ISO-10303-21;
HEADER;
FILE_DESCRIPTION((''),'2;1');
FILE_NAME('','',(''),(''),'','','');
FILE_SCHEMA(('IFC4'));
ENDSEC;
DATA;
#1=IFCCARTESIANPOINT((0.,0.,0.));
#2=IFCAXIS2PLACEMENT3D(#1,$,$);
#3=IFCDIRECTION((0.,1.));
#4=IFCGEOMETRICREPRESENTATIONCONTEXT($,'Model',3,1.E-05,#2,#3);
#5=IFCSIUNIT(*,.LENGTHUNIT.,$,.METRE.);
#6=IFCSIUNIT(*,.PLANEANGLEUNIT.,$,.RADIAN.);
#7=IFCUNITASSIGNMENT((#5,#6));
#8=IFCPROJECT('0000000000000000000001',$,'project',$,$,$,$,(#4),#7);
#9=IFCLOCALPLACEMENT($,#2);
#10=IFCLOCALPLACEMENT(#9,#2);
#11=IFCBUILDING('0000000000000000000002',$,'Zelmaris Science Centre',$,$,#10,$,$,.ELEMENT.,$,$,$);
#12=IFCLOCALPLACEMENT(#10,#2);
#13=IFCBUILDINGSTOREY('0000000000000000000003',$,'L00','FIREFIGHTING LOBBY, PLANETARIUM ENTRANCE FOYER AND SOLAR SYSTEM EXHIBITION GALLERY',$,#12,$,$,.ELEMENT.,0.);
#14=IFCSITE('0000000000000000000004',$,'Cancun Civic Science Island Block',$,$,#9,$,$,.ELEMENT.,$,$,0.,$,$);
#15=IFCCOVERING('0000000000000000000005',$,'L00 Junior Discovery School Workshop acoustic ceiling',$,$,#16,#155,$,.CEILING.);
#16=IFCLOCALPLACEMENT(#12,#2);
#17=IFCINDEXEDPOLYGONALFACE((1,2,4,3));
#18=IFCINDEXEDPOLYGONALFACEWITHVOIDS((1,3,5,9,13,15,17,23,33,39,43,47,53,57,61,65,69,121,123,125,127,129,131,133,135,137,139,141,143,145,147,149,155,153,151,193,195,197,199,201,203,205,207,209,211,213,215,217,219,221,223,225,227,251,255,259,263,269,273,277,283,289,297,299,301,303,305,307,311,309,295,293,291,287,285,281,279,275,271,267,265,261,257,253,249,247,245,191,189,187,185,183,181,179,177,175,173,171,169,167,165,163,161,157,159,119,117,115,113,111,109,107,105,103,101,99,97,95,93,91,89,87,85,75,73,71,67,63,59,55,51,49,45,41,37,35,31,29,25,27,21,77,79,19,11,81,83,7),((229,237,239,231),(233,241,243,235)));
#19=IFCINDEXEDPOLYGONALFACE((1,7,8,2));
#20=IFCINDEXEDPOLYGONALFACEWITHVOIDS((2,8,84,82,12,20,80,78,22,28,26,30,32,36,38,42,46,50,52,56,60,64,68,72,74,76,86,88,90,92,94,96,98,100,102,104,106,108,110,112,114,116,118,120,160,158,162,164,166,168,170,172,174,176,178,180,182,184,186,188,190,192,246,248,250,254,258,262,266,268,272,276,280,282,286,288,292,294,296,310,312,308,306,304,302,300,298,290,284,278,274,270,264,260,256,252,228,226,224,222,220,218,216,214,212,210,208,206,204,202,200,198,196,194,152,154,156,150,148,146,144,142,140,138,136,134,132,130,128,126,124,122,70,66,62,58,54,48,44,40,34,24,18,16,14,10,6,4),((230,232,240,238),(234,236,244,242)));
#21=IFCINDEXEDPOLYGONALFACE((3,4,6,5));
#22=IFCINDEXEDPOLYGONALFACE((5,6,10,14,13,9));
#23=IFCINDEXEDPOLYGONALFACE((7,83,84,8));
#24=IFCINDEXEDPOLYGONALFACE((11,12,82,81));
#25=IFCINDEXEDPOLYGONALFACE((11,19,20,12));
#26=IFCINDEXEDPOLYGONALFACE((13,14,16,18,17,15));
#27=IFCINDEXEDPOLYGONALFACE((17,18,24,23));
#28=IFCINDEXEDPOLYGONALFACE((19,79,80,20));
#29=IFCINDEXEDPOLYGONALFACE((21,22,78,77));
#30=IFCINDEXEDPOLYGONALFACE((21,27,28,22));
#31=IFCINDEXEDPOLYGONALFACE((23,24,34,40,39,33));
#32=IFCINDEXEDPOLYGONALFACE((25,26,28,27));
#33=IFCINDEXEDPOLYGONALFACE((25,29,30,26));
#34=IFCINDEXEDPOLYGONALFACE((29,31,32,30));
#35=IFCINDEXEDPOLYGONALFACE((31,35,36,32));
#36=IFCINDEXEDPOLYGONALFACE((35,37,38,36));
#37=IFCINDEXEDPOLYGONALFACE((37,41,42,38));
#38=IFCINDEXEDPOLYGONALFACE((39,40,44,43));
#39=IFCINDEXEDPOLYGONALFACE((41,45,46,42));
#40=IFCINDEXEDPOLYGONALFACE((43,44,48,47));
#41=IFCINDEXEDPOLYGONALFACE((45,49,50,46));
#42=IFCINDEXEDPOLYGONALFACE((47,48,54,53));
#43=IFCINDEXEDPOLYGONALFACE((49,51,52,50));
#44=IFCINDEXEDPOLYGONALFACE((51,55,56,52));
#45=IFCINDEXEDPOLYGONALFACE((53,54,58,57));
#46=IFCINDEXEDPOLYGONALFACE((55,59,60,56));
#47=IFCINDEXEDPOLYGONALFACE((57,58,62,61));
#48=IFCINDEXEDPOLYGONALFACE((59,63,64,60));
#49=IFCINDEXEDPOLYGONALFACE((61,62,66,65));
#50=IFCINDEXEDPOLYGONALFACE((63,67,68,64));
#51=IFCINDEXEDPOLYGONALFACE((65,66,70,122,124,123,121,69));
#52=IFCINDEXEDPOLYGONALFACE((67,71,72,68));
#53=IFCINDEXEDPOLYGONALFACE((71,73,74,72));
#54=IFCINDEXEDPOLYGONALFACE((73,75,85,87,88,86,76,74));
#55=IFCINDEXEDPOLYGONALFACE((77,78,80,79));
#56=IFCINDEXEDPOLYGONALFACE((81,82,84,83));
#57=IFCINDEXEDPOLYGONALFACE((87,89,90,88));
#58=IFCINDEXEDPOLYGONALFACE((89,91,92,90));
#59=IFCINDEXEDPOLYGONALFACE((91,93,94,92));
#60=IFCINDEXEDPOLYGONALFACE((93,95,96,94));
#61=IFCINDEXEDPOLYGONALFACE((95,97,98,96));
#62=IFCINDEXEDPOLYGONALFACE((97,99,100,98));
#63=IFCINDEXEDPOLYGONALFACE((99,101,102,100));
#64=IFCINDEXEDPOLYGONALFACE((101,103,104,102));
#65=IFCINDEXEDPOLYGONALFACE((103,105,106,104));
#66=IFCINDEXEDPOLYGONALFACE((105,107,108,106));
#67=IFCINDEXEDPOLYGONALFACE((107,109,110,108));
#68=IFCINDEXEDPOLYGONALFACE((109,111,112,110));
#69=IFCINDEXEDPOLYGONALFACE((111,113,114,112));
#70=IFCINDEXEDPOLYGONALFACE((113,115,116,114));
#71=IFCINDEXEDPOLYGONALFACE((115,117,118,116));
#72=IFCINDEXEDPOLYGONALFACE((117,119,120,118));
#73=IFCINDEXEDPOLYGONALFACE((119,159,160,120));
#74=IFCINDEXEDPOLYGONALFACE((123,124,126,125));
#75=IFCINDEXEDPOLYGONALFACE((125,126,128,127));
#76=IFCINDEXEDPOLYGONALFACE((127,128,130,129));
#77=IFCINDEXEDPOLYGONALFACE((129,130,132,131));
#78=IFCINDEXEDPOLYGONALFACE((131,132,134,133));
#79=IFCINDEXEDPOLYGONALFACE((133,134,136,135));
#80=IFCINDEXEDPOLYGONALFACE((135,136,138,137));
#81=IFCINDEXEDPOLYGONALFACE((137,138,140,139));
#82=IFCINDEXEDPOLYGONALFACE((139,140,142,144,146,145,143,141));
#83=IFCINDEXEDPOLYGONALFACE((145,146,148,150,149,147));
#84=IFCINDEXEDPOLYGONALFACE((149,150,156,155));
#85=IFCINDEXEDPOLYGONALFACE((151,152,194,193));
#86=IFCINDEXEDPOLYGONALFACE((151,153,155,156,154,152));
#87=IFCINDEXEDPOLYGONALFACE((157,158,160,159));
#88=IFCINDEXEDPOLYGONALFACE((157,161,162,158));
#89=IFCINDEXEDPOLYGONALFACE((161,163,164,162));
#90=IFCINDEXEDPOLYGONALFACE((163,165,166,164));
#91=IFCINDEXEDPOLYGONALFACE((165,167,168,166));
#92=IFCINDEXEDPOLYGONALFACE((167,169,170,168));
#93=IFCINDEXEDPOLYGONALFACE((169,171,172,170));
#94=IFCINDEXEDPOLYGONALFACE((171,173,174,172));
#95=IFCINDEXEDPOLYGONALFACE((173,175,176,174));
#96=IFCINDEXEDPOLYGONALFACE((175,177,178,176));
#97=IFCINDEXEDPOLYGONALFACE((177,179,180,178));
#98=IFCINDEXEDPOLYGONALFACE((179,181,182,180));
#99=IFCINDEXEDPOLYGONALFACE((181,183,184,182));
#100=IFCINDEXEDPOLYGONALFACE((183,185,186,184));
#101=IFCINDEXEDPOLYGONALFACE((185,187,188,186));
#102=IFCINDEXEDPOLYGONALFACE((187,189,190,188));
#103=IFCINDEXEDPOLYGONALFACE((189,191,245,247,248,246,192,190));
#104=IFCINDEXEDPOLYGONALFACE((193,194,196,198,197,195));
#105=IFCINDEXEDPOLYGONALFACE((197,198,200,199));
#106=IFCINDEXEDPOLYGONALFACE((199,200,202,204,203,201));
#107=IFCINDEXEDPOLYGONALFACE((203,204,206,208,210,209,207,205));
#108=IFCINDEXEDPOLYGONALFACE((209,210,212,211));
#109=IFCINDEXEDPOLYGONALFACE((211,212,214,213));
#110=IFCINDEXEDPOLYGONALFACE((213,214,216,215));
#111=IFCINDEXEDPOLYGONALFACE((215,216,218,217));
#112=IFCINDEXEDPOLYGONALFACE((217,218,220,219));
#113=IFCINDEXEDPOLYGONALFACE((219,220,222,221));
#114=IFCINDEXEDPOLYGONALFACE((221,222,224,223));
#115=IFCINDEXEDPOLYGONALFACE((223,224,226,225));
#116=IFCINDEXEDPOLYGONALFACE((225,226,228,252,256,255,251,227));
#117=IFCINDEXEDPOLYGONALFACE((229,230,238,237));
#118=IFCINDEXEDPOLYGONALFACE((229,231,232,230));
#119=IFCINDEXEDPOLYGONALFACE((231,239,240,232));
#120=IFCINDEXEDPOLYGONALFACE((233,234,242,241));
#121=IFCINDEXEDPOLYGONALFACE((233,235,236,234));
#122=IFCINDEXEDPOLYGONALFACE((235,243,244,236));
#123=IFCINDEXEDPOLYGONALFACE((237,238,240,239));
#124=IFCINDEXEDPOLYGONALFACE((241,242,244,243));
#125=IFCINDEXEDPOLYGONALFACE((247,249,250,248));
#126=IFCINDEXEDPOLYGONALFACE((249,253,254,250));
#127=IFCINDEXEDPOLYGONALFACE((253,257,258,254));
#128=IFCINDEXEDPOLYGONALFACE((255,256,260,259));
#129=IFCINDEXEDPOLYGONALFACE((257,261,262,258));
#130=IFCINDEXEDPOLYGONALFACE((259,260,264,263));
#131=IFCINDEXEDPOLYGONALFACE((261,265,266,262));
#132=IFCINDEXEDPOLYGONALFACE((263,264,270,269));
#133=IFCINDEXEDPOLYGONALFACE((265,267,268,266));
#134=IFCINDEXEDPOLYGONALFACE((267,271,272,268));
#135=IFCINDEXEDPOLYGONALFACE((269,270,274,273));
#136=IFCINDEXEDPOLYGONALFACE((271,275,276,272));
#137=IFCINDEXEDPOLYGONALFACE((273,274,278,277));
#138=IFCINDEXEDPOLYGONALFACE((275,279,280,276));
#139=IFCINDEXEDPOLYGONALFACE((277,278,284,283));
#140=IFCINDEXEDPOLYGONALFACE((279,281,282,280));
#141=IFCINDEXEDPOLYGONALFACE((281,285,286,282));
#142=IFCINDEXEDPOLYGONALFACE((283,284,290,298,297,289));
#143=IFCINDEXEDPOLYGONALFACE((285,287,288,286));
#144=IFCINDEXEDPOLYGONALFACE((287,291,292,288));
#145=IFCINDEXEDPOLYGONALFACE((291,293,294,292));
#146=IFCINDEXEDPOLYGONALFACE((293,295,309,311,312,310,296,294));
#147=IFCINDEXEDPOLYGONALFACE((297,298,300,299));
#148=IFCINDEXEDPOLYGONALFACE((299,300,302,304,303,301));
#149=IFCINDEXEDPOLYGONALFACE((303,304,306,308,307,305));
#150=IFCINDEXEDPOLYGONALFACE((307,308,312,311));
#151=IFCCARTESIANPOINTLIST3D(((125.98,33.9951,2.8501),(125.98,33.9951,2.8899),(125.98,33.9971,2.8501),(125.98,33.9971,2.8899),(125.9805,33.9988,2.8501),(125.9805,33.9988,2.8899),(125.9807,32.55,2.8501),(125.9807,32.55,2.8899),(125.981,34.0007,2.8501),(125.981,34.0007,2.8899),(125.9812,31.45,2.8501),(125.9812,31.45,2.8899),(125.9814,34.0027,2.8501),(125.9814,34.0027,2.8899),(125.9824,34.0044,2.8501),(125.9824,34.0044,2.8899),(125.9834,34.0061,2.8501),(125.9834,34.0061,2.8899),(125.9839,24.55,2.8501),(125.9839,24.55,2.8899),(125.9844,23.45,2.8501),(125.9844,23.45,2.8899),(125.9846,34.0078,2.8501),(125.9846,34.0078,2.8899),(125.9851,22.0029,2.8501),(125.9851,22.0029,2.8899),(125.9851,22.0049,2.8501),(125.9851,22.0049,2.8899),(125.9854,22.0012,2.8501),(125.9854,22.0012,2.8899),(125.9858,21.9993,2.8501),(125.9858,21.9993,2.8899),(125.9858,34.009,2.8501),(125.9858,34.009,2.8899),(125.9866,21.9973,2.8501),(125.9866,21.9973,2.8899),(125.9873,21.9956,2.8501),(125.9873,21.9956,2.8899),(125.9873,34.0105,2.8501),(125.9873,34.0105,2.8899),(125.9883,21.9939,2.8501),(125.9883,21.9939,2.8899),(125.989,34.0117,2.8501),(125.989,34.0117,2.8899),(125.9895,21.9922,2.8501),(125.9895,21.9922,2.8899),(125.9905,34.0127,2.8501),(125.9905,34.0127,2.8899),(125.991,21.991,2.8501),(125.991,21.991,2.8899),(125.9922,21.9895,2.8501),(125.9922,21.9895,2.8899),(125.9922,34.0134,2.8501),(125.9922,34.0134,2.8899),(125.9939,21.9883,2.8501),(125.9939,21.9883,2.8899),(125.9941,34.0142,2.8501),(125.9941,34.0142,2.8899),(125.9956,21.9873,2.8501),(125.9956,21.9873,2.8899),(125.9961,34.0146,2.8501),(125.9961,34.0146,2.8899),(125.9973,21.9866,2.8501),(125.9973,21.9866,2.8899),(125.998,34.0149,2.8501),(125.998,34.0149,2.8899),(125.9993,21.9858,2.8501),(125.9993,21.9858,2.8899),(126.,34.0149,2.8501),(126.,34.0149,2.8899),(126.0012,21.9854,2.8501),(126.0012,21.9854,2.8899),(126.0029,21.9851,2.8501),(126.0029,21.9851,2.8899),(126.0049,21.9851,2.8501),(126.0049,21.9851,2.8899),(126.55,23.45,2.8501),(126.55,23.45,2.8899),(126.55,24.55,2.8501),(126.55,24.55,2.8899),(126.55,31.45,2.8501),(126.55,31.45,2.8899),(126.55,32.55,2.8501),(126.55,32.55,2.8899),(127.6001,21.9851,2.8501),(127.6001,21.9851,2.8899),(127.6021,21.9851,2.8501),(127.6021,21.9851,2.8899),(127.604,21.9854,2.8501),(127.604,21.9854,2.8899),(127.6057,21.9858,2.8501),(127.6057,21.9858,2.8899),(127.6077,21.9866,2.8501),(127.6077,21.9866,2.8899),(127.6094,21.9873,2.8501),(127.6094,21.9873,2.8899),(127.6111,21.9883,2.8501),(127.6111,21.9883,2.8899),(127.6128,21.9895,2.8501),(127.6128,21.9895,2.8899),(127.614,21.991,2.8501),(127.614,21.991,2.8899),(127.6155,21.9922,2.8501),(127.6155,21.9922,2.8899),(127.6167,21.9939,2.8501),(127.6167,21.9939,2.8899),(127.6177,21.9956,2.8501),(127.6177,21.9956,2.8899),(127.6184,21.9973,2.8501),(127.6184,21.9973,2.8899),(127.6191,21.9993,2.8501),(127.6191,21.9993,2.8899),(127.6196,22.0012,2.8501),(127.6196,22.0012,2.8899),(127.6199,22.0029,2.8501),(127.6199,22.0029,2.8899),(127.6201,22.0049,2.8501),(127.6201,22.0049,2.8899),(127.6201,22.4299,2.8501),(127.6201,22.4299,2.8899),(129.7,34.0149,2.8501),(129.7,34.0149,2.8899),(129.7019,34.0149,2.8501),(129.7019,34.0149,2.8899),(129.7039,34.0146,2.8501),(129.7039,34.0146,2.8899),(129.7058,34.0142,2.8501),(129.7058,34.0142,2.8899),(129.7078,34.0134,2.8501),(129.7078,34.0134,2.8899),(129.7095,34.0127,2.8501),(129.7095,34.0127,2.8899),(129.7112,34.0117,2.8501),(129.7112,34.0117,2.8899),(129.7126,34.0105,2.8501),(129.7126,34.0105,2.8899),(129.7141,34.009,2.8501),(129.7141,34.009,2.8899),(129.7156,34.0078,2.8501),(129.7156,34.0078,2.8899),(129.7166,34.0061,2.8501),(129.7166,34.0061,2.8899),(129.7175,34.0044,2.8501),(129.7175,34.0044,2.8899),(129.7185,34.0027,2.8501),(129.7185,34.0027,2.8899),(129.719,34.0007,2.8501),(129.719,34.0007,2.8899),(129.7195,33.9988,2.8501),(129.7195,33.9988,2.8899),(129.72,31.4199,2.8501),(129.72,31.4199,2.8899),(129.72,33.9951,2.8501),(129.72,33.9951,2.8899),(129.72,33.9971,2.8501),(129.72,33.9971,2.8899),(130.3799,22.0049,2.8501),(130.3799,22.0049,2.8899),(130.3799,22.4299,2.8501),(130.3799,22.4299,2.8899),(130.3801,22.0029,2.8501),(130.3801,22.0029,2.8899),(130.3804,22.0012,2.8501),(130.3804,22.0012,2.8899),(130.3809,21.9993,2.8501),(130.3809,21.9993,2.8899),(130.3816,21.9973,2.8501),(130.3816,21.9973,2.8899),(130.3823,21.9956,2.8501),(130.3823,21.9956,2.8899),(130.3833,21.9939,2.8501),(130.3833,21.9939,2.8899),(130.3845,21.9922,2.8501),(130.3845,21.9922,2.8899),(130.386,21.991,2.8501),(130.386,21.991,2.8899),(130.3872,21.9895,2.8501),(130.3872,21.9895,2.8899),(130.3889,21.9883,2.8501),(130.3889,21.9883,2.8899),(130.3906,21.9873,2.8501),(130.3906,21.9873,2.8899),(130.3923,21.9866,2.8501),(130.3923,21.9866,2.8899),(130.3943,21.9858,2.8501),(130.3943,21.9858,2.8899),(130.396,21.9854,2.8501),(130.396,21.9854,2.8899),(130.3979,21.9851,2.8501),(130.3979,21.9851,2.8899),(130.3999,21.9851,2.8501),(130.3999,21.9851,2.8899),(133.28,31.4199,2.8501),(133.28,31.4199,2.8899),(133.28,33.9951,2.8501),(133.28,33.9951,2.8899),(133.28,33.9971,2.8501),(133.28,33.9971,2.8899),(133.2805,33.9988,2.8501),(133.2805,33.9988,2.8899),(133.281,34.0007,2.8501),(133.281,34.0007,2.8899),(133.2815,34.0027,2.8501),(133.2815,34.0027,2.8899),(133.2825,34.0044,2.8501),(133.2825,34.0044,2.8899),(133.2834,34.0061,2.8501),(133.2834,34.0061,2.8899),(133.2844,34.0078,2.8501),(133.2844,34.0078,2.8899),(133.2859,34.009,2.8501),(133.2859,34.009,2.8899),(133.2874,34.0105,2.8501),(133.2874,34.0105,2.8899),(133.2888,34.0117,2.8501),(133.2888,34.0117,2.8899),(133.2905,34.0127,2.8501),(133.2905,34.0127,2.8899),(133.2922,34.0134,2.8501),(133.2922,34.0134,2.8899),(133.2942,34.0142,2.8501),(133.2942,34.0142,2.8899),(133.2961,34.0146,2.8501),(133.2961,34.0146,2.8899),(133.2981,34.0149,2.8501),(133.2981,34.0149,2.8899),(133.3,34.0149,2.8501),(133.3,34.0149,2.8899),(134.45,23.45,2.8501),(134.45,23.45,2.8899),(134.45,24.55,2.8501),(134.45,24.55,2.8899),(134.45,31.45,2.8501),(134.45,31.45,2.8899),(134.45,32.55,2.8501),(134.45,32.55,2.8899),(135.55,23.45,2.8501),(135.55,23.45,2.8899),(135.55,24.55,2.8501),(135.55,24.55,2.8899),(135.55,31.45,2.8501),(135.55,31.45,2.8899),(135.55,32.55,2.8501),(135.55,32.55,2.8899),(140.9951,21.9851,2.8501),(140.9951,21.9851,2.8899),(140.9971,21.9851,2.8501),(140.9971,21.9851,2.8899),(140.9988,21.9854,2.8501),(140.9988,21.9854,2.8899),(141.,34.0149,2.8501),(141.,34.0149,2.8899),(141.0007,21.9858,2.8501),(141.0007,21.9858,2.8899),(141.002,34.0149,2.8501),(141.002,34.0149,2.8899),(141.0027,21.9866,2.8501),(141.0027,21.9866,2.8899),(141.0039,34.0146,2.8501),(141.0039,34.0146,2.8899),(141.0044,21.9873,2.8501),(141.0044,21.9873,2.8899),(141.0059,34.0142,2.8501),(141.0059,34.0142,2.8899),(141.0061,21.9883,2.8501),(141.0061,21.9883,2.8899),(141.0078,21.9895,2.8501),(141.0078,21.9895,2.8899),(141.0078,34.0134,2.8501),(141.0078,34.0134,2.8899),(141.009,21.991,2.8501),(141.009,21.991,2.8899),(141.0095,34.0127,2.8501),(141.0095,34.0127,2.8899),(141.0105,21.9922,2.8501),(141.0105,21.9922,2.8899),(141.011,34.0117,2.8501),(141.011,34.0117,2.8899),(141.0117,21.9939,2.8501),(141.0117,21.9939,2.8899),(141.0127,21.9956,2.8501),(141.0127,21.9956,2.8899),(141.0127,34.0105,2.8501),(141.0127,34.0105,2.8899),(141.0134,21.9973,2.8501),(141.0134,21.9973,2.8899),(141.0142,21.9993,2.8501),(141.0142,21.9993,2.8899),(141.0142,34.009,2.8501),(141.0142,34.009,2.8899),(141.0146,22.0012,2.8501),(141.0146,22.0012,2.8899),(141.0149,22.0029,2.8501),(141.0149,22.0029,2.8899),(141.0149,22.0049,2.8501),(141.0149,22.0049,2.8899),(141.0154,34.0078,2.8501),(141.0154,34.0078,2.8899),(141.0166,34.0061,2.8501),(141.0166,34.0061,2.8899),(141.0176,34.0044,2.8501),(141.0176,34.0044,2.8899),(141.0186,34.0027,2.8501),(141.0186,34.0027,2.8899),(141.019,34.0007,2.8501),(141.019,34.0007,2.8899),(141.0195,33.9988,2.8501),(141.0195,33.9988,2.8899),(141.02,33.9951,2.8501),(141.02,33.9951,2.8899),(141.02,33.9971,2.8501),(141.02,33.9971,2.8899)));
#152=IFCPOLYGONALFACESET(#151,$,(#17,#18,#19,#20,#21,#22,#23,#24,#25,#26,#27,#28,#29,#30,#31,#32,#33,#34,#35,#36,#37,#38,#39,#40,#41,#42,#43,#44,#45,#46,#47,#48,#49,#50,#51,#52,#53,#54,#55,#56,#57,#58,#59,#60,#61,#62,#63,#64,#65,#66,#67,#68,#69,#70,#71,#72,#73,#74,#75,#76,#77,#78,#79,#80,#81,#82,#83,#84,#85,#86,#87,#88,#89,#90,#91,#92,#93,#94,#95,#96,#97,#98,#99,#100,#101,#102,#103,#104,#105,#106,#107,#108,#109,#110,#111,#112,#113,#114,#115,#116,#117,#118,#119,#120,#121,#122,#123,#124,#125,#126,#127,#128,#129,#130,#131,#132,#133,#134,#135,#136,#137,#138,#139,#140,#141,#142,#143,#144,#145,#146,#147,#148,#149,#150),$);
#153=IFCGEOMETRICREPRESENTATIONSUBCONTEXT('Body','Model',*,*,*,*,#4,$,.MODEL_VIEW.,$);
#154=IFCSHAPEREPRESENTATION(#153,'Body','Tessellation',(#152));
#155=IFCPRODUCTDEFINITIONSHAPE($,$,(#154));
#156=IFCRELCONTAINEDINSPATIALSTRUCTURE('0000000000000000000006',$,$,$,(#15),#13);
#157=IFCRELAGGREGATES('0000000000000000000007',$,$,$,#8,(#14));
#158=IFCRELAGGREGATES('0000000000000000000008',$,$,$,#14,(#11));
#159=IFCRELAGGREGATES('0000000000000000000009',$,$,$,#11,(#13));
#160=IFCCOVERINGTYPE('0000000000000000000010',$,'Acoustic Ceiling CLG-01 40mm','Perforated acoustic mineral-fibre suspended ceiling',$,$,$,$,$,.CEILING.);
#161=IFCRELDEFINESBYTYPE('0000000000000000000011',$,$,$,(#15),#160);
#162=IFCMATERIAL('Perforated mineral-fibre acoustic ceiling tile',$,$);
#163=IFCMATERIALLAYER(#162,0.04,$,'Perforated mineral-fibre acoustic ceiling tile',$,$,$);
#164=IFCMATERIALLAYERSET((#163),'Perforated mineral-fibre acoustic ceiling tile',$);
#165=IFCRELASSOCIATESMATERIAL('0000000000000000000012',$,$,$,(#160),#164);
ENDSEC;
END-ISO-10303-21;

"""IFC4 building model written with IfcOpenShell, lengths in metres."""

from ifc_helpers import new_model, si_unit, direction, frame, origin, place, context, subcontext, project, spatial, polyline, outline, extrude, material, layer, layer_set, type_object, element, save


model = new_model("IFC4")

# Units and contexts
model_context = context("Model", 3, precision=1e-05, world=origin(), true_north=direction((0.0, 1.0)))
body_context = subcontext(model_context, "Body", "Model", "MODEL_VIEW")
ifc_project = project(units=[si_unit("LENGTHUNIT", "METRE"), si_unit("PLANEANGLEUNIT", "RADIAN")], contexts=[model_context])

# Site, building, storey
site_placement = place(None, origin())
site = spatial("IfcSite", under=ifc_project, at=site_placement, Name="Cancun Civic Science Island Block", CompositionType="ELEMENT", RefElevation=0.0)
building_placement = place(site_placement, origin())
building = spatial("IfcBuilding", under=site, at=building_placement, Name="Zelmaris Science Centre", CompositionType="ELEMENT")
storey_placement = place(building_placement, origin())
storey = spatial("IfcBuildingStorey", under=building, at=storey_placement, Name="L00", Description="FIREFIGHTING LOBBY, PLANETARIUM ENTRANCE FOYER AND SOLAR SYSTEM EXHIBITION GALLERY", CompositionType="ELEMENT", Elevation=0.0)

# Covering
ifc_material_1 = material(Name="Perforated mineral-fibre acoustic ceiling tile")
ifc_layer_1 = layer(ifc_material_1, 0.04, Name="Perforated mineral-fibre acoustic ceiling tile")
ifc_layer_set_1 = layer_set([ifc_layer_1], Name="Perforated mineral-fibre acoustic ceiling tile")
covering_type_1 = type_object("IfcCoveringType", Name="Acoustic Ceiling CLG-01 40mm", Description="Perforated acoustic mineral-fibre suspended ceiling", PredefinedType="CEILING", material=ifc_layer_set_1)
covering_1_placement = place(storey_placement, frame((0.0, 0.0, 2.8501)))
element("IfcCovering", 1, at=covering_1_placement, inside=storey, type_object=covering_type_1, Name="L00 Junior Discovery School Workshop acoustic ceiling", PredefinedType="CEILING", context=body_context, shape_type="SweptSolid", body=[
    extrude(outline(polyline([(141.002, 34.0149), (141.0039, 34.0146), (141.0059, 34.0142), (141.0078, 34.0134), (141.0095, 34.0127), (141.011, 34.0117), (141.0127, 34.0105), (141.0142, 34.009), (141.0154, 34.0078), (141.0166, 34.0061), (141.0176, 34.0044), (141.0186, 34.0027), (141.019, 34.0007), (141.0195, 33.9988), (141.02, 33.9971), (141.02, 33.9951), (141.0149, 22.0049), (141.0149, 22.0029), (141.0146, 22.0012), (141.0142, 21.9993), (141.0134, 21.9973), (141.0127, 21.9956), (141.0117, 21.9939), (141.0105, 21.9922), (141.009, 21.991), (141.0078, 21.9895), (141.0061, 21.9883), (141.0044, 21.9873), (141.0027, 21.9866), (141.0007, 21.9858), (140.9988, 21.9854), (140.9971, 21.9851), (140.9951, 21.9851), (130.3999, 21.9851), (130.3979, 21.9851), (130.396, 21.9854), (130.3943, 21.9858), (130.3923, 21.9866), (130.3906, 21.9873), (130.3889, 21.9883), (130.3872, 21.9895), (130.386, 21.991), (130.3845, 21.9922), (130.3833, 21.9939), (130.3823, 21.9956), (130.3816, 21.9973), (130.3809, 21.9993), (130.3804, 22.0012), (130.3801, 22.0029), (130.3799, 22.0049), (130.3799, 22.4299), (127.6201, 22.4299), (127.6201, 22.0049), (127.6199, 22.0029), (127.6196, 22.0012), (127.6191, 21.9993), (127.6184, 21.9973), (127.6177, 21.9956), (127.6167, 21.9939), (127.6155, 21.9922), (127.614, 21.991), (127.6128, 21.9895), (127.6111, 21.9883), (127.6094, 21.9873), (127.6077, 21.9866), (127.6057, 21.9858), (127.604, 21.9854), (127.6021, 21.9851), (127.6001, 21.9851), (126.0049, 21.9851), (126.0029, 21.9851), (126.0012, 21.9854), (125.9993, 21.9858), (125.9973, 21.9866), (125.9956, 21.9873), (125.9939, 21.9883), (125.9922, 21.9895), (125.991, 21.991), (125.9895, 21.9922), (125.9883, 21.9939), (125.9873, 21.9956), (125.9866, 21.9973), (125.9858, 21.9993), (125.9854, 22.0012), (125.9851, 22.0029), (125.9851, 22.0049), (125.9844, 23.45), (126.55, 23.45), (126.55, 24.55), (125.9839, 24.55), (125.9812, 31.45), (126.55, 31.45), (126.55, 32.55), (125.9807, 32.55), (125.98, 33.9951), (125.98, 33.9971), (125.9805, 33.9988), (125.981, 34.0007), (125.9814, 34.0027), (125.9824, 34.0044), (125.9834, 34.0061), (125.9846, 34.0078), (125.9858, 34.009), (125.9873, 34.0105), (125.989, 34.0117), (125.9905, 34.0127), (125.9922, 34.0134), (125.9941, 34.0142), (125.9961, 34.0146), (125.998, 34.0149), (126.0, 34.0149), (129.7, 34.0149), (129.7019, 34.0149), (129.7039, 34.0146), (129.7058, 34.0142), (129.7078, 34.0134), (129.7095, 34.0127), (129.7112, 34.0117), (129.7126, 34.0105), (129.7141, 34.009), (129.7156, 34.0078), (129.7166, 34.0061), (129.7175, 34.0044), (129.7185, 34.0027), (129.719, 34.0007), (129.7195, 33.9988), (129.72, 33.9971), (129.72, 33.9951), (129.72, 31.4199), (133.28, 31.4199), (133.28, 33.9951), (133.28, 33.9971), (133.2805, 33.9988), (133.281, 34.0007), (133.2815, 34.0027), (133.2825, 34.0044), (133.2834, 34.0061), (133.2844, 34.0078), (133.2859, 34.009), (133.2874, 34.0105), (133.2888, 34.0117), (133.2905, 34.0127), (133.2922, 34.0134), (133.2942, 34.0142), (133.2961, 34.0146), (133.2981, 34.0149), (133.3, 34.0149), (141.0, 34.0149), (141.002, 34.0149)]), holes=[polyline([(135.55, 23.45), (135.55, 24.55), (134.45, 24.55), (134.45, 23.45), (135.55, 23.45)]), polyline([(135.55, 32.55), (134.45, 32.55), (134.45, 31.45), (135.55, 31.45), (135.55, 32.55)])]), origin(), (0.0, 0.0, 1.0), 0.0398),
])

save(model, "model.ifc")
